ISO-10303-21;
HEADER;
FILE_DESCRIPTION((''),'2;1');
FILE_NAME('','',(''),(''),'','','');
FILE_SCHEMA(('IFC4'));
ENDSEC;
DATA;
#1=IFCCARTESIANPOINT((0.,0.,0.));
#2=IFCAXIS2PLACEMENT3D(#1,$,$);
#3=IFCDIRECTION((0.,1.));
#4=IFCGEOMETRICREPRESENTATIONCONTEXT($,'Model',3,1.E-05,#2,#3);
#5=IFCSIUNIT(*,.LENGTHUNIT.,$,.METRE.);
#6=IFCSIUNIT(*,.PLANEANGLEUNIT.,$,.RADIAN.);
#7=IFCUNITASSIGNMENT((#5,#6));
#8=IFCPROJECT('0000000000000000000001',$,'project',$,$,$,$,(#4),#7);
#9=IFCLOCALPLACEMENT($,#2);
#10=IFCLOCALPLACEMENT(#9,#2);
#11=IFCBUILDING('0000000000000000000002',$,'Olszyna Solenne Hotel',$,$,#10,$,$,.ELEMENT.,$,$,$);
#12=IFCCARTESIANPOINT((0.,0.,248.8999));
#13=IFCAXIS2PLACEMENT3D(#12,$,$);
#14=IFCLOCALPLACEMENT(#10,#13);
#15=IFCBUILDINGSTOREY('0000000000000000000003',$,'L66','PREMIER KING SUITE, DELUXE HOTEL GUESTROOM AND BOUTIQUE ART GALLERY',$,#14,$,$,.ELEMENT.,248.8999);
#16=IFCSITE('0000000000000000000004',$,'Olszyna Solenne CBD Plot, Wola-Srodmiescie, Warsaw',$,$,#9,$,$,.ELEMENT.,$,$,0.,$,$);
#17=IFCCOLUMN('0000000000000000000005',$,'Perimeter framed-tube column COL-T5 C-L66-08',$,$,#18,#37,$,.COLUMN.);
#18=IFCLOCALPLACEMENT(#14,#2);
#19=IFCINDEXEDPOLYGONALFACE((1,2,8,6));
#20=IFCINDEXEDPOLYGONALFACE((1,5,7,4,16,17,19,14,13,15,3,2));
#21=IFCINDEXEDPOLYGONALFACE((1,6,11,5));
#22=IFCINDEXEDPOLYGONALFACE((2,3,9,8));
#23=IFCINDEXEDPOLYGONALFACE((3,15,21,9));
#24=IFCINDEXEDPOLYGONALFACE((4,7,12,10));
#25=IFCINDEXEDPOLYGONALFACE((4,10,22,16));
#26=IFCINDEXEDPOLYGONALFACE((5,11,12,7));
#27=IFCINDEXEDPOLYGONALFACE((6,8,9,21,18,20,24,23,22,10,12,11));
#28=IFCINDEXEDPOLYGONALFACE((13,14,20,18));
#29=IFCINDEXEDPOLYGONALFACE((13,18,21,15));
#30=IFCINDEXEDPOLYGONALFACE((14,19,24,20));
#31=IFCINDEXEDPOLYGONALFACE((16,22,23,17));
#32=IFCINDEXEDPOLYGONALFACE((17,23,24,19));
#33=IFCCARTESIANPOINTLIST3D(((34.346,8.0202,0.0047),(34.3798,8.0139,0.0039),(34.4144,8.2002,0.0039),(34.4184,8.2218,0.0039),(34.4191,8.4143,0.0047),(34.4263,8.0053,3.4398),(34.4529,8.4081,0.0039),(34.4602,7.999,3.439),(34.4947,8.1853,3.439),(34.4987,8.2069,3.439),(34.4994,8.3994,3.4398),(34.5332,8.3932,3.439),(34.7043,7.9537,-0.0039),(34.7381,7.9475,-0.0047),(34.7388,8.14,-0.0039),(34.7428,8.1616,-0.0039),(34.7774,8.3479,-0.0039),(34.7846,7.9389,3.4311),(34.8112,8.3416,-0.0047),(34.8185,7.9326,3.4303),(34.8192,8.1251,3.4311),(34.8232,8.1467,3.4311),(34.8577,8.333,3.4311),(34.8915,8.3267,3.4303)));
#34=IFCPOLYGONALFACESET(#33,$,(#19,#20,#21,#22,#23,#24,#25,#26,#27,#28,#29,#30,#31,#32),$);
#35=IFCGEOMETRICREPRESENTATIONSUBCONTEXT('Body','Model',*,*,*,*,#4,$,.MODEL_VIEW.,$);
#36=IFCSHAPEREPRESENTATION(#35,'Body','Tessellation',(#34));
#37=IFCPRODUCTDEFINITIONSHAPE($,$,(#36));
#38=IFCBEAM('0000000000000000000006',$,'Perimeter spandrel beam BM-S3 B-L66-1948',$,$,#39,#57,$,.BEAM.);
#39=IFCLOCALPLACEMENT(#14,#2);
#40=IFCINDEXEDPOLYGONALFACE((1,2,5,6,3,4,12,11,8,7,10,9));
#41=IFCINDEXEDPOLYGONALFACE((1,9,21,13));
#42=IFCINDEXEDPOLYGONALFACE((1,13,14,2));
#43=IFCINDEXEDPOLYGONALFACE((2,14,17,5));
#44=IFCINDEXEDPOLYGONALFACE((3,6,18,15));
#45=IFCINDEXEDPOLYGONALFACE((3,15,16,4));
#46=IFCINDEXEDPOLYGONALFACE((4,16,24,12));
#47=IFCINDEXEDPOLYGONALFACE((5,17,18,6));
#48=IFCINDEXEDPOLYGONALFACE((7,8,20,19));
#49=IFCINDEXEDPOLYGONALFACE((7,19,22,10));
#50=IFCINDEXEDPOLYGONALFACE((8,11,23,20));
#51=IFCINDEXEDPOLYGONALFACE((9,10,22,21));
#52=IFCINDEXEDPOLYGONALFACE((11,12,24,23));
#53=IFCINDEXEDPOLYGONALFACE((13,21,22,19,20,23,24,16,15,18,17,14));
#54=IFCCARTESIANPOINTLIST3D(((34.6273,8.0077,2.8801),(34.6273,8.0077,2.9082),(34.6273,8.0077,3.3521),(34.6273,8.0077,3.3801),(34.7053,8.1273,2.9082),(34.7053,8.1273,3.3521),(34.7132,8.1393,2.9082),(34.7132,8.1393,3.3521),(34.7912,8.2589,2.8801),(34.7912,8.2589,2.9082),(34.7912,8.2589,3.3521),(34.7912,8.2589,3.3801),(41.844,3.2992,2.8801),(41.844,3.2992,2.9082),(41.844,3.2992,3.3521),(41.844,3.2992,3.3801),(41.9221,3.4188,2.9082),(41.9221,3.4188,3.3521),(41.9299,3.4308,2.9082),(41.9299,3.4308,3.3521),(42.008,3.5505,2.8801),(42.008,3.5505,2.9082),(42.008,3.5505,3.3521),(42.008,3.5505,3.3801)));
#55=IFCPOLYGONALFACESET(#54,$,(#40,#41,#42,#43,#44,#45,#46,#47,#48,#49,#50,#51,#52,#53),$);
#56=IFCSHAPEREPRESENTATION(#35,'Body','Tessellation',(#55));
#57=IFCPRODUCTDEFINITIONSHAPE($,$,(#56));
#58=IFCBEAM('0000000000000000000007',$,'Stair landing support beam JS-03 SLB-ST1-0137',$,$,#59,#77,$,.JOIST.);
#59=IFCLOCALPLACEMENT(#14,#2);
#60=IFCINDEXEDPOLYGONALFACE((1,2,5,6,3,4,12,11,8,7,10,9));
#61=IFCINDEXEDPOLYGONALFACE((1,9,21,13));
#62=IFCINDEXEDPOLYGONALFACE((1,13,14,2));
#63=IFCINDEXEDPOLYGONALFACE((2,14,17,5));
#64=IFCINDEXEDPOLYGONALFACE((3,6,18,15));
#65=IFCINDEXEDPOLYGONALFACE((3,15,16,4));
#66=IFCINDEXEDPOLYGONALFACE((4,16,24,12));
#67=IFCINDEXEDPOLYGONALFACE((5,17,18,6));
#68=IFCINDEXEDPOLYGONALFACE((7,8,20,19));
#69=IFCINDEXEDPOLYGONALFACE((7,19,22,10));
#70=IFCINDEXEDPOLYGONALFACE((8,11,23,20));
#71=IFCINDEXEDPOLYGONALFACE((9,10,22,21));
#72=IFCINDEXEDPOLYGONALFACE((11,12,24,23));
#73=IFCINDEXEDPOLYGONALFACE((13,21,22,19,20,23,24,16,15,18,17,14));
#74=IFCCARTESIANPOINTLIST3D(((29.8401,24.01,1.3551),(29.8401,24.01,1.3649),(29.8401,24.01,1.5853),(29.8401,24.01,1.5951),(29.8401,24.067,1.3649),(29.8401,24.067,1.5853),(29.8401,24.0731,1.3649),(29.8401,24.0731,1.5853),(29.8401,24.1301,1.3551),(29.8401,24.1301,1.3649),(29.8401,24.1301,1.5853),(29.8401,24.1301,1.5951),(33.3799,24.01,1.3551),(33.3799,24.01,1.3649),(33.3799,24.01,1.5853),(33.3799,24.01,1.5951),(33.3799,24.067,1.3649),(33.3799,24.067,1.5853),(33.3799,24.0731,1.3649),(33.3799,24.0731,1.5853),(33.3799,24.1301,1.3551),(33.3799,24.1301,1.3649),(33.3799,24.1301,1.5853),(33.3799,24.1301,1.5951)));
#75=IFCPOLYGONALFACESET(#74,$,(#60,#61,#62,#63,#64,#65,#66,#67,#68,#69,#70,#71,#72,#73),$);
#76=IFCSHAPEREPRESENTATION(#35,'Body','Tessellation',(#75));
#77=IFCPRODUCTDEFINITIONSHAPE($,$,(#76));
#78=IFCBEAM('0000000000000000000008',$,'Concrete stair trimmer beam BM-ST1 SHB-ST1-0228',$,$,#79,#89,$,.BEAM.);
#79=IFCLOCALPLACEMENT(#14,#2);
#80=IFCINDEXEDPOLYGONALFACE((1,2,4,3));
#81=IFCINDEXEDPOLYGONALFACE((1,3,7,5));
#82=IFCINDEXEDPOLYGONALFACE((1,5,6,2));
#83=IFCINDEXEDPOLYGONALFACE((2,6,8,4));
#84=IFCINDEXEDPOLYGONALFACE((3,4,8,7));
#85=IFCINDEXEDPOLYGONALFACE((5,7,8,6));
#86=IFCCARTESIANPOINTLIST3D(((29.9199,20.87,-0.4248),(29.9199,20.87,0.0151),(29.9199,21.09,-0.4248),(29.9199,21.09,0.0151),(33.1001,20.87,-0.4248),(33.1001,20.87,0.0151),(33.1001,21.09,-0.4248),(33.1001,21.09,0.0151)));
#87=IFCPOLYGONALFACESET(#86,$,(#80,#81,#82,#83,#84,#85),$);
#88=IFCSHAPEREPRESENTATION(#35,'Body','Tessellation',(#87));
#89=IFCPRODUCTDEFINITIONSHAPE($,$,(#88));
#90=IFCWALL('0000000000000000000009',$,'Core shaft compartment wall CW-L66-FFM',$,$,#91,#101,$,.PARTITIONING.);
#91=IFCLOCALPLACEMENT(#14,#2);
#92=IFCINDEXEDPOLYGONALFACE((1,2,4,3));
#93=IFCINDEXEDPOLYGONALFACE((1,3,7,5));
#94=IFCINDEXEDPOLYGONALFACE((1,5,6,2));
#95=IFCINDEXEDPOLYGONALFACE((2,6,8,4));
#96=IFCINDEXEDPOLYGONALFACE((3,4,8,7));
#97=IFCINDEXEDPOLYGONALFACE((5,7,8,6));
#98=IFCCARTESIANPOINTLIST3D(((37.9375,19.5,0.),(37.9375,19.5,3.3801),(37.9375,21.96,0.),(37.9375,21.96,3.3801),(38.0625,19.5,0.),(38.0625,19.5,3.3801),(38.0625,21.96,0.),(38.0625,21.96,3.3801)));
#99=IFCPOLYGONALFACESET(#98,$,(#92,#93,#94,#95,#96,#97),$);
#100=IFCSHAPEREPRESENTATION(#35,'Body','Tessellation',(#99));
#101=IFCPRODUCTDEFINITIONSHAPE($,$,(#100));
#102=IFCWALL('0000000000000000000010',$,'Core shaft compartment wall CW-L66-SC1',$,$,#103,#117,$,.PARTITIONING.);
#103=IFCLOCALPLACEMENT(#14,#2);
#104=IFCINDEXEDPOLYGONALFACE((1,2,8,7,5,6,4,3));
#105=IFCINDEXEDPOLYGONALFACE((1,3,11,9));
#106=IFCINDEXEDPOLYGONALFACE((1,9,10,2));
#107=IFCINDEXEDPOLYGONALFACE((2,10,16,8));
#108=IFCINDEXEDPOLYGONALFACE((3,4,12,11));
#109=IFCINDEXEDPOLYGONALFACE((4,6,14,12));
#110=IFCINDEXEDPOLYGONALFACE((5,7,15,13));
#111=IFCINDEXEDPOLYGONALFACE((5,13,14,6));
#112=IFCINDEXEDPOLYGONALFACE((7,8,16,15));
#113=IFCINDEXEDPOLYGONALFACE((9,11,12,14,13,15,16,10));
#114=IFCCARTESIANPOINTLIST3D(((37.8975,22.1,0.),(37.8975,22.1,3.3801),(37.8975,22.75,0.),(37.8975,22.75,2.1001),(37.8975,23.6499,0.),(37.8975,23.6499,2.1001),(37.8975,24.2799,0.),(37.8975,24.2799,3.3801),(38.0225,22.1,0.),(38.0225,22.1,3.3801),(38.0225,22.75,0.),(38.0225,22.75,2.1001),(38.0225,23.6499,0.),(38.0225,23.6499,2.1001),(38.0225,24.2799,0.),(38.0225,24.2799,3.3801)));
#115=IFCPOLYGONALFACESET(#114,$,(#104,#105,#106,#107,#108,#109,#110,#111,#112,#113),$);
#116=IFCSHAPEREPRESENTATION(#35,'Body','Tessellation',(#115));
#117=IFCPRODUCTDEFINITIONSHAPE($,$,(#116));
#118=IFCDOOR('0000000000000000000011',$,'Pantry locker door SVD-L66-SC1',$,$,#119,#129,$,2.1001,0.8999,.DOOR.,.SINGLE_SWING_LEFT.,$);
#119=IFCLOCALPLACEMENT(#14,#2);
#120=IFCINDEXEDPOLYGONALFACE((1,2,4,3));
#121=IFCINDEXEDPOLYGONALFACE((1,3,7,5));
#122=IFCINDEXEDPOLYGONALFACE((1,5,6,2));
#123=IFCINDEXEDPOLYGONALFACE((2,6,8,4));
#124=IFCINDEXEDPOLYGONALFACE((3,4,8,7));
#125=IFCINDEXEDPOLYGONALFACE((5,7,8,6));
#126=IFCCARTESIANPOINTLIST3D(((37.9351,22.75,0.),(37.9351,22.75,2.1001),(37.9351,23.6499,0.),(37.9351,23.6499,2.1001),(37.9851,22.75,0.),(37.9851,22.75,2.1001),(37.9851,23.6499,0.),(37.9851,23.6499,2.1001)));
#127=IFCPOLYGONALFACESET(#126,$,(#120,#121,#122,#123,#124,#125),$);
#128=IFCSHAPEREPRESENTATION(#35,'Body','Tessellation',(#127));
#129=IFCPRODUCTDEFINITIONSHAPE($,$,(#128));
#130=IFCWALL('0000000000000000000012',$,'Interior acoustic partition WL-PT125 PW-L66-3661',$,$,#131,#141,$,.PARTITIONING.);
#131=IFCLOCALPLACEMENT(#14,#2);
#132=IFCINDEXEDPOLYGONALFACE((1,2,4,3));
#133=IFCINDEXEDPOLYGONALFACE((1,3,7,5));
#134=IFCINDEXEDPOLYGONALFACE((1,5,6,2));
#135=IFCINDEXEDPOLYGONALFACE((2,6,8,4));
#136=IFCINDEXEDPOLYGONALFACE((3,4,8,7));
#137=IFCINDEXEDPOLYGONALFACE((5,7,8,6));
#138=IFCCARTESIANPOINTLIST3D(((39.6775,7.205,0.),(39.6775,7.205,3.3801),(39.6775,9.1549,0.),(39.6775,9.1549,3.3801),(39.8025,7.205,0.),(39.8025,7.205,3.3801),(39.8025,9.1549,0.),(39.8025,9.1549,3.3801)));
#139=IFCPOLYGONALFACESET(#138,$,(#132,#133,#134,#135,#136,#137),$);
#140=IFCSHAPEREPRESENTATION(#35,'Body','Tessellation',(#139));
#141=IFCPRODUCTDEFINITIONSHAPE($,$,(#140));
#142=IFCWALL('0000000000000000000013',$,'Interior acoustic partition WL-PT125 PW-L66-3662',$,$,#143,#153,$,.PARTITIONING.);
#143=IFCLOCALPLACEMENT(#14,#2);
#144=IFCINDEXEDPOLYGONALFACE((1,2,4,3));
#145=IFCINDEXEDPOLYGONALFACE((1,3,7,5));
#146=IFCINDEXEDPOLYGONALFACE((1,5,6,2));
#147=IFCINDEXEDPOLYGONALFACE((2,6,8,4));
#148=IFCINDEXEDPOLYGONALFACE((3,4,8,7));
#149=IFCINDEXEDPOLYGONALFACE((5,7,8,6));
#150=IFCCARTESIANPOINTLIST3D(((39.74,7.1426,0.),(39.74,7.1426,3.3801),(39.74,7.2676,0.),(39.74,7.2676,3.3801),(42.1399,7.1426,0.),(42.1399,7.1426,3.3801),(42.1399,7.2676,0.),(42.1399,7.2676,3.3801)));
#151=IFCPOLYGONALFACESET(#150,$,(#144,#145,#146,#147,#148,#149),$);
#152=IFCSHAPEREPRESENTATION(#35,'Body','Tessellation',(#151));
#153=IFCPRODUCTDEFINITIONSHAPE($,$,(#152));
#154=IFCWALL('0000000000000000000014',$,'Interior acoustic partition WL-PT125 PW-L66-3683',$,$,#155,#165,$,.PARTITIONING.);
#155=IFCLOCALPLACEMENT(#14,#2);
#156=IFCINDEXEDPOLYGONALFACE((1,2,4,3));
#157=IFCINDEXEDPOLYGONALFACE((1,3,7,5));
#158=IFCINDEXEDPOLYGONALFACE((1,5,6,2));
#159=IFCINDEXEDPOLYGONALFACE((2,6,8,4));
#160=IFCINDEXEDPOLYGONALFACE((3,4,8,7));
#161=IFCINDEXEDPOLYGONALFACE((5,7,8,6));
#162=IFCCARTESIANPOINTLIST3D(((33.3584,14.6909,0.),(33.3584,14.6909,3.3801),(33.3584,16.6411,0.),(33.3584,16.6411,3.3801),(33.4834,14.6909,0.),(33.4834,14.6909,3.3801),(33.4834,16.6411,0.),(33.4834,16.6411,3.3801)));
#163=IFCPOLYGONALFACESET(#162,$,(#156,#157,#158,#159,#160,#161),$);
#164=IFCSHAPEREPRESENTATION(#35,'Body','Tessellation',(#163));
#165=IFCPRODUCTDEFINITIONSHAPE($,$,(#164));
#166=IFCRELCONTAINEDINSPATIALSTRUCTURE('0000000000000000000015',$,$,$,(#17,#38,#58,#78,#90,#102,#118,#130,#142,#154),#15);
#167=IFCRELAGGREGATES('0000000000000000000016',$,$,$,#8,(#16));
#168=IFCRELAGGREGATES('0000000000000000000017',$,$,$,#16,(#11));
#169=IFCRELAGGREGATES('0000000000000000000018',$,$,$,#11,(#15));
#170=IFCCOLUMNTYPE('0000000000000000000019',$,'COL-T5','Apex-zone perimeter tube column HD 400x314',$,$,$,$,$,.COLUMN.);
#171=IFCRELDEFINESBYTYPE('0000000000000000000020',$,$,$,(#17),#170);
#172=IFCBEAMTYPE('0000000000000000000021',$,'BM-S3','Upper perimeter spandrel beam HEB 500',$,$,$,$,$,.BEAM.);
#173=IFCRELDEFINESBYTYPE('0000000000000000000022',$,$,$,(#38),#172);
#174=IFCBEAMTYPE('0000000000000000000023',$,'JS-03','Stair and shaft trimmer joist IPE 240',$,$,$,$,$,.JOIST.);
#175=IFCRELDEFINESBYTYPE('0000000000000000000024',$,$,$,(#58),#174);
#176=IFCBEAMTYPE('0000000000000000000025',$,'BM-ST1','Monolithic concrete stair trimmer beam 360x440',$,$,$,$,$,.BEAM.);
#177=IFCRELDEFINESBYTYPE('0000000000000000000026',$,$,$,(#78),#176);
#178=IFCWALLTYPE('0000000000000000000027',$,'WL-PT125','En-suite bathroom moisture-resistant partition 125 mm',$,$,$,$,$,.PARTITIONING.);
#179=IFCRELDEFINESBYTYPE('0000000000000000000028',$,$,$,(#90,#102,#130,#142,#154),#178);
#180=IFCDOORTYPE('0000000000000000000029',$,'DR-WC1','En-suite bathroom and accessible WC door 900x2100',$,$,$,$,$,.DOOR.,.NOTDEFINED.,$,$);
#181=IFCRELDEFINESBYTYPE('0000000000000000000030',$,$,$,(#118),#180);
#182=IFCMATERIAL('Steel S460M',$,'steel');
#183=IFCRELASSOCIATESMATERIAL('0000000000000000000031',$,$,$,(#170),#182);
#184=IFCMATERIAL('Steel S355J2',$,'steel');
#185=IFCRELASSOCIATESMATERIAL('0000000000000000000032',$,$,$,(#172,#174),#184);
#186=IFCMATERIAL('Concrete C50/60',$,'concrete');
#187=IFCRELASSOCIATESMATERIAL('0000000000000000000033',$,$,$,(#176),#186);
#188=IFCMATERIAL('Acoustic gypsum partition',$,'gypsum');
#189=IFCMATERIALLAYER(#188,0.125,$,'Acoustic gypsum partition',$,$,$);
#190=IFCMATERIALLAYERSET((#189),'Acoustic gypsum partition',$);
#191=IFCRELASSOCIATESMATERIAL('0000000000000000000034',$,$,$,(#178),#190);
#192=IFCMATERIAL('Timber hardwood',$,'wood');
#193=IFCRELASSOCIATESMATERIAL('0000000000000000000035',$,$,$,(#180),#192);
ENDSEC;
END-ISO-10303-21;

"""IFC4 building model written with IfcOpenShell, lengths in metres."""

from ifc_helpers import new_model, si_unit, direction, frame, frame_2d, origin, origin_2d, place, context, subcontext, project, spatial, rectangle, i_section, extrude, source, transform, mapped, material, layer, layer_set, material_profile, profile_set, type_object, type_shapes, element, fill, save


model = new_model("IFC4")

# Units and contexts
model_context = context("Model", 3, precision=1e-05, world=origin(), true_north=direction((0.0, 1.0)))
body_context = subcontext(model_context, "Body", "Model", "MODEL_VIEW")
ifc_project = project(units=[si_unit("LENGTHUNIT", "METRE"), si_unit("PLANEANGLEUNIT", "RADIAN")], contexts=[model_context])

# Site, building, storey
site_placement = place(None, origin())
site = spatial("IfcSite", under=ifc_project, at=site_placement, Name="Olszyna Solenne CBD Plot, Wola-Srodmiescie, Warsaw", CompositionType="ELEMENT", RefElevation=0.0)
building_placement = place(site_placement, origin())
building = spatial("IfcBuilding", under=site, at=building_placement, Name="Olszyna Solenne Hotel", CompositionType="ELEMENT")
storey_placement = place(building_placement, frame((0.0, 0.0, 248.8999)))
storey = spatial("IfcBuildingStorey", under=building, at=storey_placement, Name="L66", Description="PREMIER KING SUITE, DELUXE HOTEL GUESTROOM AND BOUTIQUE ART GALLERY", CompositionType="ELEMENT", Elevation=248.8999)

# Column
ifc_material_1 = material(Name="Steel S460M", Category="steel")
ifc_material_profile_1 = material_profile(ifc_material_1, i_section(OverallWidth=0.4009, OverallDepth=0.3989, WebThickness=0.022, FlangeThickness=0.0344, at=origin_2d()), Name="HD 400x314", Category="load-bearing")
ifc_profile_set_1 = profile_set([ifc_material_profile_1], Name="Steel S460M")
column_type = type_object("IfcColumnType", Name="COL-T5", Description="Apex-zone perimeter tube column HD 400x314", PredefinedType="COLUMN", material=ifc_profile_set_1)
shared_shape_1 = source(origin(), body_context, "Body", "SweptSolid", [
    extrude(i_section(OverallWidth=0.4009, OverallDepth=0.3989, WebThickness=0.022, FlangeThickness=0.0344, at=origin_2d()), origin(), (0.0, 0.0, 1.0), 3.436),
])
column_placement = place(storey_placement, frame((34.5786, 8.1809, 0.0), z_axis=(0.023376, -0.004334, 0.999717), x_axis=(0.182303, 0.983242, 0.0)))
element("IfcColumn", 1, at=column_placement, inside=storey, type_object=column_type, Name="Perimeter framed-tube column COL-T5 C-L66-08", PredefinedType="COLUMN", context=body_context, shape_type="MappedRepresentation", body=[
    mapped(shared_shape_1, transform((0.0, 0.0, 0.0), x_axis=(1.0, 0.0, 0.0), y_axis=(0.0, 1.0, 0.0), z_axis=(0.0, 0.0, 1.0), scale=1.0)),
])

# Beams
ifc_material_2 = material(Name="Steel S355J2", Category="steel")
ifc_material_profile_2 = material_profile(ifc_material_2, i_section(OverallWidth=0.3, OverallDepth=0.5, WebThickness=0.0144, FlangeThickness=0.0281, at=origin_2d()), Name="HEB 500", Category="load-bearing")
ifc_profile_set_2 = profile_set([ifc_material_profile_2], Name="Steel S355J2")
beam_type_1 = type_object("IfcBeamType", Name="BM-S3", Description="Upper perimeter spandrel beam HEB 500", PredefinedType="BEAM", material=ifc_profile_set_2)
shared_shape_2 = source(origin(), body_context, "Body", "SweptSolid", [
    extrude(i_section(OverallWidth=0.3, OverallDepth=0.5, WebThickness=0.0144, FlangeThickness=0.0281, at=origin_2d()), origin(), (0.0, 0.0, 1.0), 8.6169),
])
beam_1_placement = place(storey_placement, frame((34.7092, 8.1333, 3.1301), z_axis=(0.83751, -0.546422, 0.0), x_axis=(0.546422, 0.83751, 0.0)))
element("IfcBeam", 2, at=beam_1_placement, inside=storey, type_object=beam_type_1, Name="Perimeter spandrel beam BM-S3 B-L66-1948", PredefinedType="BEAM", context=body_context, shape_type="MappedRepresentation", body=[
    mapped(shared_shape_2, transform((0.0, 0.0, 0.0), x_axis=(1.0, 0.0, 0.0), y_axis=(0.0, 1.0, 0.0), z_axis=(0.0, 0.0, 1.0), scale=1.0)),
])
ifc_material_profile_3 = material_profile(ifc_material_2, i_section(OverallWidth=0.1201, OverallDepth=0.24, WebThickness=0.0061, FlangeThickness=0.0098, at=origin_2d()), Name="IPE 240", Category="load-bearing")
ifc_profile_set_3 = profile_set([ifc_material_profile_3], Name="Steel S355J2")
beam_type_2 = type_object("IfcBeamType", Name="JS-03", Description="Stair and shaft trimmer joist IPE 240", PredefinedType="JOIST", material=ifc_profile_set_3)
shared_shape_3 = source(origin(), body_context, "Body", "SweptSolid", [
    extrude(i_section(OverallWidth=0.1201, OverallDepth=0.24, WebThickness=0.0061, FlangeThickness=0.0098, at=origin_2d()), origin(), (0.0, 0.0, 1.0), 3.5398),
])
beam_2_placement = place(storey_placement, frame((33.3799, 24.0701, 1.4751), z_axis=(-1.0, 0.0, 0.0), x_axis=(0.0, -1.0, 0.0)))
element("IfcBeam", 3, at=beam_2_placement, inside=storey, type_object=beam_type_2, Name="Stair landing support beam JS-03 SLB-ST1-0137", PredefinedType="JOIST", context=body_context, shape_type="MappedRepresentation", body=[
    mapped(shared_shape_3, transform((0.0, 0.0, 0.0), x_axis=(1.0, 0.0, 0.0), y_axis=(0.0, 1.0, 0.0), z_axis=(0.0, 0.0, 1.0), scale=1.0)),
])
ifc_material_3 = material(Name="Concrete C50/60", Category="concrete")
ifc_material_profile_4 = material_profile(ifc_material_3, rectangle(XDim=0.22, YDim=0.4399, at=origin_2d()), Name="RC 220x440", Category="load-bearing")
ifc_profile_set_4 = profile_set([ifc_material_profile_4], Name="Concrete C50/60")
beam_type_3 = type_object("IfcBeamType", Name="BM-ST1", Description="Monolithic concrete stair trimmer beam 360x440", PredefinedType="BEAM", material=ifc_profile_set_4)
shared_shape_4 = source(origin(), body_context, "Body", "SweptSolid", [
    extrude(rectangle(XDim=0.22, YDim=0.4399, at=origin_2d()), origin(), (0.0, 0.0, 1.0), 3.1802),
])
beam_3_placement = place(storey_placement, frame((33.1001, 20.98, -0.2048), z_axis=(-1.0, 0.0, 0.0), x_axis=(0.0, -1.0, 0.0)))
element("IfcBeam", 4, at=beam_3_placement, inside=storey, type_object=beam_type_3, Name="Concrete stair trimmer beam BM-ST1 SHB-ST1-0228", PredefinedType="BEAM", context=body_context, shape_type="MappedRepresentation", body=[
    mapped(shared_shape_4, transform((0.0, 0.0, 0.0), x_axis=(1.0, 0.0, 0.0), y_axis=(0.0, 1.0, 0.0), z_axis=(0.0, 0.0, 1.0), scale=1.0)),
])

# Wall
ifc_material_4 = material(Name="Acoustic gypsum partition", Category="gypsum")
ifc_layer_1 = layer(ifc_material_4, 0.125, Name="Acoustic gypsum partition")
ifc_layer_set_1 = layer_set([ifc_layer_1], Name="Acoustic gypsum partition")
wall_type_1 = type_object("IfcWallType", Name="WL-PT125", Description="En-suite bathroom moisture-resistant partition 125 mm", PredefinedType="PARTITIONING", material=ifc_layer_set_1)
wall_1_placement = place(storey_placement, frame((38.0, 19.5, 0.0), z_axis=(0.0, 0.0, 1.0), x_axis=(0.0, 1.0, 0.0)))
element("IfcWall", 5, at=wall_1_placement, inside=storey, type_object=wall_type_1, Name="Core shaft compartment wall CW-L66-FFM", PredefinedType="PARTITIONING", context=body_context, shape_type="SweptSolid", body=[
    extrude(rectangle(XDim=2.46, YDim=0.125, at=frame_2d((1.23, 0.0))), origin(), (0.0, 0.0, 1.0), 3.3801),
])

# Wall, opening, door
wall_2_placement = place(storey_placement, frame((37.96, 22.1001, 0.0), z_axis=(0.0, 0.0, 1.0), x_axis=(0.0, 1.0, 0.0)))
wall_2 = element("IfcWall", 6, at=wall_2_placement, inside=storey, type_object=wall_type_1, Name="Core shaft compartment wall CW-L66-SC1", PredefinedType="PARTITIONING", context=body_context, shape_type="SweptSolid", body=[
    extrude(rectangle(XDim=2.1799, YDim=0.125, at=frame_2d((1.0898, 0.0))), origin(), (0.0, 0.0, 1.0), 3.3801),
])
opening_1_placement = place(wall_2_placement, frame((0.6499, 0.0, 0.0)))
opening_1 = element("IfcOpeningElement", 7, at=opening_1_placement, cuts=wall_2, PredefinedType="OPENING", context=body_context, shape_type="SweptSolid", body=[
    extrude(rectangle(XDim=0.8999, YDim=2.1001, at=frame_2d((0.45, 1.05))), frame((0.0, 0.0725, 0.0), z_axis=(0.0, -1.0, 0.0), x_axis=(1.0, 0.0, 0.0)), (0.0, 0.0, 1.0), 0.145),
])
ifc_material_5 = material(Name="Timber hardwood", Category="wood")
door_type_1 = type_object("IfcDoorType", Name="DR-WC1", Description="En-suite bathroom and accessible WC door 900x2100", OperationType="NOTDEFINED", PredefinedType="DOOR", material=ifc_material_5)
shared_shape_5 = source(origin(), body_context, "Body", "SweptSolid", [
    extrude(rectangle(XDim=0.8999, YDim=2.1001, at=frame_2d((0.45, 1.05))), frame((0.0, 0.0249, 0.0), z_axis=(0.0, -1.0, 0.0), x_axis=(1.0, 0.0, 0.0)), (0.0, 0.0, 1.0), 0.05),
])
type_shapes(door_type_1, [shared_shape_5])
door_1_placement = place(opening_1_placement, origin())
door_1 = element("IfcDoor", 8, at=door_1_placement, inside=storey, type_object=door_type_1, Name="Pantry locker door SVD-L66-SC1", OperationType="SINGLE_SWING_LEFT", OverallHeight=2.1001, OverallWidth=0.8999, PredefinedType="DOOR", context=body_context, shape_type="MappedRepresentation", body=[
    mapped(shared_shape_5, transform((0.0, 0.0, 0.0), x_axis=(1.0, 0.0, 0.0), y_axis=(0.0, 1.0, 0.0), z_axis=(0.0, 0.0, 1.0), scale=1.0)),
])
fill(opening_1, door_1)

# Walls
wall_3_placement = place(storey_placement, frame((39.74, 9.155, 0.0), z_axis=(0.0, 0.0, 1.0), x_axis=(0.0, -1.0, 0.0)))
element("IfcWall", 9, at=wall_3_placement, inside=storey, type_object=wall_type_1, Name="Interior acoustic partition WL-PT125 PW-L66-3661", PredefinedType="PARTITIONING", context=body_context, shape_type="SweptSolid", body=[
    extrude(rectangle(XDim=1.95, YDim=0.125, at=frame_2d((0.9751, 0.0))), origin(), (0.0, 0.0, 1.0), 3.3801),
])
wall_4_placement = place(storey_placement, frame((39.74, 7.2051, 0.0), z_axis=(0.0, 0.0, 1.0), x_axis=(1.0, 0.0, 0.0)))
element("IfcWall", 10, at=wall_4_placement, inside=storey, type_object=wall_type_1, Name="Interior acoustic partition WL-PT125 PW-L66-3662", PredefinedType="PARTITIONING", context=body_context, shape_type="SweptSolid", body=[
    extrude(rectangle(XDim=2.3999, YDim=0.125, at=frame_2d((1.2, 0.0))), origin(), (0.0, 0.0, 1.0), 3.3801),
])
wall_5_placement = place(storey_placement, frame((33.4209, 14.6909, 0.0), z_axis=(0.0, 0.0, 1.0), x_axis=(0.0, 1.0, 0.0)))
element("IfcWall", 11, at=wall_5_placement, inside=storey, type_object=wall_type_1, Name="Interior acoustic partition WL-PT125 PW-L66-3683", PredefinedType="PARTITIONING", context=body_context, shape_type="SweptSolid", body=[
    extrude(rectangle(XDim=1.9502, YDim=0.125, at=frame_2d((0.9751, 0.0))), origin(), (0.0, 0.0, 1.0), 3.3801),
])

save(model, "model.ifc")
